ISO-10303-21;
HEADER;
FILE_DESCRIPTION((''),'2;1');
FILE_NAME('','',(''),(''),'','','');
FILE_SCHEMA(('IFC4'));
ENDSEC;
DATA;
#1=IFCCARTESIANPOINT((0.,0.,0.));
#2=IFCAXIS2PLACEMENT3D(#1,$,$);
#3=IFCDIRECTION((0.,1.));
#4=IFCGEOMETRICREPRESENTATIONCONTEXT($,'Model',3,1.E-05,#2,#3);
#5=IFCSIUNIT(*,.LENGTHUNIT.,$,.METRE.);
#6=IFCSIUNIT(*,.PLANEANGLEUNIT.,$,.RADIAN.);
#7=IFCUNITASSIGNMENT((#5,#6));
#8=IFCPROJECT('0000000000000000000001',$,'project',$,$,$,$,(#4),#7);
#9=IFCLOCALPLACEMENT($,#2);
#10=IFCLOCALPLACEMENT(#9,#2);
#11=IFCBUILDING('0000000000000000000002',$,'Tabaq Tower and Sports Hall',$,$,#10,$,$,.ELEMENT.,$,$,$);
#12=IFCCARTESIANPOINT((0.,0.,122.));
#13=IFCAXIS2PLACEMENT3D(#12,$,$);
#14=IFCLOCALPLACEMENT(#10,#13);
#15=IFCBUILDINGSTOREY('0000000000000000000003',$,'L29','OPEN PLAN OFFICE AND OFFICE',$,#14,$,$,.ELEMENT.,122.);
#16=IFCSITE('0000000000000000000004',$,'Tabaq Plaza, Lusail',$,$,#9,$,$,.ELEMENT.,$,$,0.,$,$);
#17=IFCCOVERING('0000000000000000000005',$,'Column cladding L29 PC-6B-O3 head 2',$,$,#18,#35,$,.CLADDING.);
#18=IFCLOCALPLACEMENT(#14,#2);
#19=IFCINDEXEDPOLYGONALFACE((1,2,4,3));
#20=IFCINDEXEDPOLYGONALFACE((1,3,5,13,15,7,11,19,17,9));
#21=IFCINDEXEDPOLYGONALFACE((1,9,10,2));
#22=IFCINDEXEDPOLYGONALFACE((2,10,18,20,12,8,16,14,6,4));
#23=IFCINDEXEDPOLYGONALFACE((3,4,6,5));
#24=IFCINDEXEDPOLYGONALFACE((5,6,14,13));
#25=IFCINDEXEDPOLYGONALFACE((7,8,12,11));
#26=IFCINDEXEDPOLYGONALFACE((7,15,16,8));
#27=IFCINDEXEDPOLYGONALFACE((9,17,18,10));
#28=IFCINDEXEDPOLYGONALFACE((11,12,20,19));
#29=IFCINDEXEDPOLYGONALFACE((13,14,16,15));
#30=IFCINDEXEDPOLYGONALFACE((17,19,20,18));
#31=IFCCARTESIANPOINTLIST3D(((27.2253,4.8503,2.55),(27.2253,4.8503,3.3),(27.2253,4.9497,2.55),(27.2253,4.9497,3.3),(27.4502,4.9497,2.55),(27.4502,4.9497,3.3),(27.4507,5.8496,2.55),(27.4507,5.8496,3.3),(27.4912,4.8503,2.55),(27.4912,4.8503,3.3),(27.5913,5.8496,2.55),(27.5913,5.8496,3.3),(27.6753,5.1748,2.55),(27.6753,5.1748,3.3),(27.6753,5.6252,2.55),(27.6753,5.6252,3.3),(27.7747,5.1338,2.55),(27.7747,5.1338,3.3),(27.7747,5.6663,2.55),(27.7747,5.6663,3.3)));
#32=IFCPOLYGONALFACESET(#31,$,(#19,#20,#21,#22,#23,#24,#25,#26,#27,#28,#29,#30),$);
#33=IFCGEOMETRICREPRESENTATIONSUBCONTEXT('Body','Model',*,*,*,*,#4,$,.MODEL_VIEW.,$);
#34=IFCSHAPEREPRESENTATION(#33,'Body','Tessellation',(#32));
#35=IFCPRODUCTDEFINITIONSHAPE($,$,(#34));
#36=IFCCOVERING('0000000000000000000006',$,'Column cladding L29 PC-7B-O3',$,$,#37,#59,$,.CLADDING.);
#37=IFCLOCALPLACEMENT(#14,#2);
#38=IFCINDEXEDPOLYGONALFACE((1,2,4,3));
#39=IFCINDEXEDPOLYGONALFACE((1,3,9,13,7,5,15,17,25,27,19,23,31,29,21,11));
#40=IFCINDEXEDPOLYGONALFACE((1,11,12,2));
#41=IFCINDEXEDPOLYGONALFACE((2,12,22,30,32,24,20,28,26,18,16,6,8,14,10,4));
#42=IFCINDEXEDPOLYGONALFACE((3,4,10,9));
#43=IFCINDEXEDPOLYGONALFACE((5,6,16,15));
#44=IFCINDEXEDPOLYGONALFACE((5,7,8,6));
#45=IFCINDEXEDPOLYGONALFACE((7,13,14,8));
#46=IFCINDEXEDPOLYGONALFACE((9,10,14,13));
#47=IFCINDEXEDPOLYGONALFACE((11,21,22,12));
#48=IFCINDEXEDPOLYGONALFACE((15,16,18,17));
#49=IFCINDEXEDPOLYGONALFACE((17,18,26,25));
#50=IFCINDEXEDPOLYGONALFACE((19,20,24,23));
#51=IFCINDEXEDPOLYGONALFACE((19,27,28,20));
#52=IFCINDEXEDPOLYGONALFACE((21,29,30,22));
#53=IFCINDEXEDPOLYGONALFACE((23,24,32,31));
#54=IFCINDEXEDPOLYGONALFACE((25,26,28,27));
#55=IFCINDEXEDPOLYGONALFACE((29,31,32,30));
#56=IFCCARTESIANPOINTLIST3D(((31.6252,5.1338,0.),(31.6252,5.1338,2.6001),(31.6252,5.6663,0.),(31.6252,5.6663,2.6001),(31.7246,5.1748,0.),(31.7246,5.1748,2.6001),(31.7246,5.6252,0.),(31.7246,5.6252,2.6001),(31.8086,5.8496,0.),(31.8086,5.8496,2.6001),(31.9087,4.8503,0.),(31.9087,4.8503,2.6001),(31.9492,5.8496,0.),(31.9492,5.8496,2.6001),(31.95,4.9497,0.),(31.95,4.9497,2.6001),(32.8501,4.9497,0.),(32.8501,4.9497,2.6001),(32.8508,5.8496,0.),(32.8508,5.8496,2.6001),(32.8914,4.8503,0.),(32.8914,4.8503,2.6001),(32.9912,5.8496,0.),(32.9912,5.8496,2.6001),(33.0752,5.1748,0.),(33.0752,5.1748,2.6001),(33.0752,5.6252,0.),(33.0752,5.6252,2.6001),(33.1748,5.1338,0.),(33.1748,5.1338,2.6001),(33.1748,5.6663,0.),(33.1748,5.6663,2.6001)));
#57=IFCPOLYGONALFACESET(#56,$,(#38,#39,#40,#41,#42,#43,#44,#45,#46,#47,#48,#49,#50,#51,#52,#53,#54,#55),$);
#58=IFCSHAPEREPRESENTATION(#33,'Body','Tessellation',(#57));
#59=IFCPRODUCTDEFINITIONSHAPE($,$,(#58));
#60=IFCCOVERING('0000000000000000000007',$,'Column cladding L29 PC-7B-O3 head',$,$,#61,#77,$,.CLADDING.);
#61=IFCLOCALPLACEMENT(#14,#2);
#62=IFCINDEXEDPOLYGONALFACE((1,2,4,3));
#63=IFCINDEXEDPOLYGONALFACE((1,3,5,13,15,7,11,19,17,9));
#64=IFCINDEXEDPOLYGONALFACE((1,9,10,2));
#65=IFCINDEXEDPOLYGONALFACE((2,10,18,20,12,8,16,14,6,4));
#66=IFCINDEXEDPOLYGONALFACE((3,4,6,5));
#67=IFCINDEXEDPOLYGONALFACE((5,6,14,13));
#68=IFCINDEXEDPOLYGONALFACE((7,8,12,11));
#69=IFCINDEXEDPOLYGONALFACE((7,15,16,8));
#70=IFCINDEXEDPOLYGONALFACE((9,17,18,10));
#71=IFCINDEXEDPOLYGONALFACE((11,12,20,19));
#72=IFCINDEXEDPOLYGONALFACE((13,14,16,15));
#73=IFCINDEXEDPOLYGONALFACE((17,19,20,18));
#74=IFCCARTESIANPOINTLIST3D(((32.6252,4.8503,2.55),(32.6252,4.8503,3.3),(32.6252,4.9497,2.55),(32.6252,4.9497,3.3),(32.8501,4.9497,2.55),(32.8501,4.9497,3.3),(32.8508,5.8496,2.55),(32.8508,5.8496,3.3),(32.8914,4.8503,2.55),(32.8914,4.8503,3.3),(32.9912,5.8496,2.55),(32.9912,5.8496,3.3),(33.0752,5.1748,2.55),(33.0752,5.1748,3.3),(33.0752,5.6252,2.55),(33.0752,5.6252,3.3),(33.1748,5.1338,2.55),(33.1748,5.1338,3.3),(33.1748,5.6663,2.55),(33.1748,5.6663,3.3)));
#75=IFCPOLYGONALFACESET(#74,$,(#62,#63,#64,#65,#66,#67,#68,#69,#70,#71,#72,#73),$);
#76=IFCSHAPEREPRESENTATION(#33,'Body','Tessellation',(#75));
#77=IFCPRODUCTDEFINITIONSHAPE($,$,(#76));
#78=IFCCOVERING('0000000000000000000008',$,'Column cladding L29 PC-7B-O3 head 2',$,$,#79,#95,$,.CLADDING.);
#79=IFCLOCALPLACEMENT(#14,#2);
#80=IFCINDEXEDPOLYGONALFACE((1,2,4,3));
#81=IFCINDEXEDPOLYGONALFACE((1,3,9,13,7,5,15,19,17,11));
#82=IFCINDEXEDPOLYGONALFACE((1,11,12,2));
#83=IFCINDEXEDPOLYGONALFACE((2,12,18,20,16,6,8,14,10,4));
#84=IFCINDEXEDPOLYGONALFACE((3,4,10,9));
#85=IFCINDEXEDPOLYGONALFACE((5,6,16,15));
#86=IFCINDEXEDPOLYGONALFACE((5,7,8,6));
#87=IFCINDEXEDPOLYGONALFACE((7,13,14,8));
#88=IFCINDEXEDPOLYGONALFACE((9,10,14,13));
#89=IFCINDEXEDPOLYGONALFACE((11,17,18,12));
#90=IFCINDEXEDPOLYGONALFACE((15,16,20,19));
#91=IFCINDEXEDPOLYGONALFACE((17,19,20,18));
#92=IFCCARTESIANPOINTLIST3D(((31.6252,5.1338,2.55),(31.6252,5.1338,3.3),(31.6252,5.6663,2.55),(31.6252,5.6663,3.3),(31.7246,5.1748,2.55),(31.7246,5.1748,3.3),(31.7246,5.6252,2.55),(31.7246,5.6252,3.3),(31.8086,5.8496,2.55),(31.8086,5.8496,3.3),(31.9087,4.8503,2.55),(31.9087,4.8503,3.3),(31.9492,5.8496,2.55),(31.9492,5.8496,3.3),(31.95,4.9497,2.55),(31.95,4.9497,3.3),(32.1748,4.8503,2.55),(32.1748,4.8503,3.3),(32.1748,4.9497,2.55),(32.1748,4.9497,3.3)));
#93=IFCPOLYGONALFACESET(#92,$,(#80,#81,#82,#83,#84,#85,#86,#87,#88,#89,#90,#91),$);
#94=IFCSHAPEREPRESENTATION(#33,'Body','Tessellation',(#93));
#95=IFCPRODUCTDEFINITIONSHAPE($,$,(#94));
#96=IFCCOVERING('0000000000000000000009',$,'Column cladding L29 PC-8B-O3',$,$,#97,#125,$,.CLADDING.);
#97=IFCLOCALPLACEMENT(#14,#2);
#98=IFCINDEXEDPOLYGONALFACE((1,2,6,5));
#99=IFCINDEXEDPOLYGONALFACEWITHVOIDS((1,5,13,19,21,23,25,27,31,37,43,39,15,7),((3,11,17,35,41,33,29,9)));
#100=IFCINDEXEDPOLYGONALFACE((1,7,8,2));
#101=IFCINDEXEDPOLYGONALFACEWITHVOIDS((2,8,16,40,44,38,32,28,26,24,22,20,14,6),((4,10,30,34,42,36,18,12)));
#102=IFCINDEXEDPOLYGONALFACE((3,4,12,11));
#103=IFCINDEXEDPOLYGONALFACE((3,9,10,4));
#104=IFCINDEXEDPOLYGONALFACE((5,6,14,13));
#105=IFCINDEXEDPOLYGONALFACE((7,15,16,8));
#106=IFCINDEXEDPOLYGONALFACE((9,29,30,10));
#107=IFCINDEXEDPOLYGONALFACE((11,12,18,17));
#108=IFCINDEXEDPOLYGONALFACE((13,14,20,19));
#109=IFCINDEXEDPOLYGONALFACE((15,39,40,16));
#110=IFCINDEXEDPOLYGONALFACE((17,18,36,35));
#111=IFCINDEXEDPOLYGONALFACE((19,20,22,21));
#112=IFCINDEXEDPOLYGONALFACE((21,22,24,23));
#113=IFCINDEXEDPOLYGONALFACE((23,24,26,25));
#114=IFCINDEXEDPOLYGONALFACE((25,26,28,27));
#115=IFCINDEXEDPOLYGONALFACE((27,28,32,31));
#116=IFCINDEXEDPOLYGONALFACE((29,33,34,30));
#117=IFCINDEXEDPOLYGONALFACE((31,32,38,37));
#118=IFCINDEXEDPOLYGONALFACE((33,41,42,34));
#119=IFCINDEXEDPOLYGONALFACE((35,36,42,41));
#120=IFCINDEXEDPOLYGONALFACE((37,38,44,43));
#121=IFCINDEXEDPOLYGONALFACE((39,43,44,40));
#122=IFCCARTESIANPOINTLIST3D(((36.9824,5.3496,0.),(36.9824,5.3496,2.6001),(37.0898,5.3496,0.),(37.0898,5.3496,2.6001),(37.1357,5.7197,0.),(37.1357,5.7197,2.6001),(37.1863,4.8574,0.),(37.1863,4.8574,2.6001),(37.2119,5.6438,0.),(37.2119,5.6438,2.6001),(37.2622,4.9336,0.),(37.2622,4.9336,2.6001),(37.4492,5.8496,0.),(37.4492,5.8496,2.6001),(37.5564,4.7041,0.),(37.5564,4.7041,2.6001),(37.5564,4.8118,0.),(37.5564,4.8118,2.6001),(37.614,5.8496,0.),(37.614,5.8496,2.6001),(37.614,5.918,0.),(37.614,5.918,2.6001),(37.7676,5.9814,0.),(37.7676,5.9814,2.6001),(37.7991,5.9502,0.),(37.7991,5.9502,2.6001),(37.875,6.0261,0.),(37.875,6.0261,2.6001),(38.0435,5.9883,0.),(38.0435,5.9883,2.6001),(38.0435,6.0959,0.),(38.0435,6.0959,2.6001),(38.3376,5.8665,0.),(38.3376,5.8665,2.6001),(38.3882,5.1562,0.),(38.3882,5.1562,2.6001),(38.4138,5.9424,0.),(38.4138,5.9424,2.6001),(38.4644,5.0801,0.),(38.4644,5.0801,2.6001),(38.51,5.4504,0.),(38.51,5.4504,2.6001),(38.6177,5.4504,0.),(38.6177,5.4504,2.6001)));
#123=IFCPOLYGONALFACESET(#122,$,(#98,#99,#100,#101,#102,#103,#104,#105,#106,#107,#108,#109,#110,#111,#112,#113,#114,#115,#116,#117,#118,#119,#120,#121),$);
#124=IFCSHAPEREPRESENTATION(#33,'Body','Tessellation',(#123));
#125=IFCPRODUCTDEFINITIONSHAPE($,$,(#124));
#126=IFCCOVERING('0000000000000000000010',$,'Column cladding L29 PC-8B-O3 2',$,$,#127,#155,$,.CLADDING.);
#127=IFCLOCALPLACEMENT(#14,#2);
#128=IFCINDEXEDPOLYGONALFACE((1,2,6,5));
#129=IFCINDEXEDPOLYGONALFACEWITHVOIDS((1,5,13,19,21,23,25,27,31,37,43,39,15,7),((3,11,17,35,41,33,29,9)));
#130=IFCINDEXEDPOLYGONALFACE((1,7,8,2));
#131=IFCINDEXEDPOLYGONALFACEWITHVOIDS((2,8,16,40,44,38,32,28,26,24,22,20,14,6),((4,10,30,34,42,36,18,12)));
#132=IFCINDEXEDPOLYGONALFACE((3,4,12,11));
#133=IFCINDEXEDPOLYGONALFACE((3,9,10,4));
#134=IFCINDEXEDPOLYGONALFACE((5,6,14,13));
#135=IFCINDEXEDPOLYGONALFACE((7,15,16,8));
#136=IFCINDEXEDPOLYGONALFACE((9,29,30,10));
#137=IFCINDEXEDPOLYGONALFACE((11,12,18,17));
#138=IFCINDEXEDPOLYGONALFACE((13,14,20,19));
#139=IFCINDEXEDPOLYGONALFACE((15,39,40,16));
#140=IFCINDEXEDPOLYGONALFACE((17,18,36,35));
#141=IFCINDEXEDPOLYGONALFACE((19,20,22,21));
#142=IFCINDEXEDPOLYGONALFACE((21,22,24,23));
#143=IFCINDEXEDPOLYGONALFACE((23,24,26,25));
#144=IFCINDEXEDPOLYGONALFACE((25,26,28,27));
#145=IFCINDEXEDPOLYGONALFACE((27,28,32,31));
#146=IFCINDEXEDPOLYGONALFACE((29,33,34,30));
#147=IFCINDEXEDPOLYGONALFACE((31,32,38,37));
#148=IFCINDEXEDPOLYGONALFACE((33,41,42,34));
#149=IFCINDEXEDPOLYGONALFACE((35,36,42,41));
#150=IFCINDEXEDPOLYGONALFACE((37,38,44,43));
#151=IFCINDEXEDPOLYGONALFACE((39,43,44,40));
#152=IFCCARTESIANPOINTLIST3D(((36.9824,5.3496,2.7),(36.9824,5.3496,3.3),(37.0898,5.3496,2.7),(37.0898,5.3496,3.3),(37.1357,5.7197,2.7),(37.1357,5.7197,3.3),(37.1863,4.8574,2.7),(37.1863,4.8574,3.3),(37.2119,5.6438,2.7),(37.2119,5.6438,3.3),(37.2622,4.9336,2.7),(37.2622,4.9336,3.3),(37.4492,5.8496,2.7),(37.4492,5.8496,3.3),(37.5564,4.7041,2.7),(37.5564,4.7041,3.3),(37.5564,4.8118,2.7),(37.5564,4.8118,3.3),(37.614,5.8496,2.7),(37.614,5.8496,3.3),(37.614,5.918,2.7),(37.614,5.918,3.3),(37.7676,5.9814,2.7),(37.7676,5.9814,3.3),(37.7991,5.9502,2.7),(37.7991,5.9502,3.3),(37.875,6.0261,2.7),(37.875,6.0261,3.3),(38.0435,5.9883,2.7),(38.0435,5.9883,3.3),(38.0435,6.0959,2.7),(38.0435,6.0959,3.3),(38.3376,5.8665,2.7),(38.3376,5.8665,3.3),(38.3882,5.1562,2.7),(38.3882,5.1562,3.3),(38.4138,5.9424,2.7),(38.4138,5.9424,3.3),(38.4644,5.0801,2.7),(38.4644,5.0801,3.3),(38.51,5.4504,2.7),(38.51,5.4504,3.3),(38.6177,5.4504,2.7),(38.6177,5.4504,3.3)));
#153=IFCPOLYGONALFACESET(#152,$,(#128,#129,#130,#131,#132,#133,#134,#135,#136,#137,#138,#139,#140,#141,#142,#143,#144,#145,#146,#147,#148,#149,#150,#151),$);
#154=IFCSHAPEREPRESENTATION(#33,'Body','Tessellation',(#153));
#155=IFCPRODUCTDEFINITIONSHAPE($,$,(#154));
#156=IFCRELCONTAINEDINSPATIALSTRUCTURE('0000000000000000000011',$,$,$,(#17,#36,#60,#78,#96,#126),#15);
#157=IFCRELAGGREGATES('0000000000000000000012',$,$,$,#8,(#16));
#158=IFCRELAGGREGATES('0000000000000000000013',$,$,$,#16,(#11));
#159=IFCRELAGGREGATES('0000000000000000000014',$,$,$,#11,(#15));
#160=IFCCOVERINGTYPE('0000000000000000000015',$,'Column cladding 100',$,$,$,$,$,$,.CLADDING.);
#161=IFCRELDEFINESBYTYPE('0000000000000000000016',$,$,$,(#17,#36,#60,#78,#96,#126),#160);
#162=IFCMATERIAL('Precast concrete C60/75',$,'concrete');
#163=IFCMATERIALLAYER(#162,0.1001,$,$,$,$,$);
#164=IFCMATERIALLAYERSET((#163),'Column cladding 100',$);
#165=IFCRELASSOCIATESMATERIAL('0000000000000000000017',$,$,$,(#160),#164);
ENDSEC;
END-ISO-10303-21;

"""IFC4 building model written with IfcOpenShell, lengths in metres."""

from ifc_helpers import new_model, si_unit, direction, frame, origin, place, context, subcontext, project, spatial, polyline, outline, extrude, material, layer, layer_set, type_object, element, save


model = new_model("IFC4")

# Units and contexts
model_context = context("Model", 3, precision=1e-05, world=origin(), true_north=direction((0.0, 1.0)))
body_context = subcontext(model_context, "Body", "Model", "MODEL_VIEW")
ifc_project = project(units=[si_unit("LENGTHUNIT", "METRE"), si_unit("PLANEANGLEUNIT", "RADIAN")], contexts=[model_context])

# Site, building, storey
site_placement = place(None, origin())
site = spatial("IfcSite", under=ifc_project, at=site_placement, Name="Tabaq Plaza, Lusail", CompositionType="ELEMENT", RefElevation=0.0)
building_placement = place(site_placement, origin())
building = spatial("IfcBuilding", under=site, at=building_placement, Name="Tabaq Tower and Sports Hall", CompositionType="ELEMENT")
storey_placement = place(building_placement, frame((0.0, 0.0, 122.0)))
storey = spatial("IfcBuildingStorey", under=building, at=storey_placement, Name="L29", Description="OPEN PLAN OFFICE AND OFFICE", CompositionType="ELEMENT", Elevation=122.0)

# Coverings
ifc_material_1 = material(Name="Precast concrete C60/75", Category="concrete")
ifc_layer_1 = layer(ifc_material_1, 0.1001)
ifc_layer_set_1 = layer_set([ifc_layer_1], Name="Column cladding 100")
covering_type = type_object("IfcCoveringType", Name="Column cladding 100", PredefinedType="CLADDING", material=ifc_layer_set_1)
covering_1_placement = place(storey_placement, frame((0.0, 0.0, 2.55)))
element("IfcCovering", 1, at=covering_1_placement, inside=storey, type_object=covering_type, Name="Column cladding L29 PC-6B-O3 head 2", PredefinedType="CLADDING", context=body_context, shape_type="SweptSolid", body=[
    extrude(outline(polyline([(27.4502, 4.9497), (27.6753, 5.1748), (27.6753, 5.6252), (27.4507, 5.8496), (27.5913, 5.8496), (27.7747, 5.6663), (27.7747, 5.1338), (27.4912, 4.8503), (27.2253, 4.8503), (27.2253, 4.9497), (27.4502, 4.9497)])), origin(), (0.0, 0.0, 1.0), 0.75),
])
covering_2_placement = place(storey_placement, origin())
element("IfcCovering", 2, at=covering_2_placement, inside=storey, type_object=covering_type, Name="Column cladding L29 PC-7B-O3", PredefinedType="CLADDING", context=body_context, shape_type="SweptSolid", body=[
    extrude(outline(polyline([(31.6252, 5.6663), (31.8086, 5.8496), (31.9492, 5.8496), (31.7246, 5.6252), (31.7246, 5.1748), (31.95, 4.9497), (32.8501, 4.9497), (33.0752, 5.1748), (33.0752, 5.6252), (32.8508, 5.8496), (32.9912, 5.8496), (33.1748, 5.6663), (33.1748, 5.1338), (32.8914, 4.8503), (31.9087, 4.8503), (31.6252, 5.1338), (31.6252, 5.6663)])), origin(), (0.0, 0.0, 1.0), 2.6001),
])
covering_3_placement = place(storey_placement, frame((0.0, 0.0, 2.55)))
element("IfcCovering", 3, at=covering_3_placement, inside=storey, type_object=covering_type, Name="Column cladding L29 PC-7B-O3 head", PredefinedType="CLADDING", context=body_context, shape_type="SweptSolid", body=[
    extrude(outline(polyline([(32.8501, 4.9497), (33.0752, 5.1748), (33.0752, 5.6252), (32.8508, 5.8496), (32.9912, 5.8496), (33.1748, 5.6663), (33.1748, 5.1338), (32.8914, 4.8503), (32.6252, 4.8503), (32.6252, 4.9497), (32.8501, 4.9497)])), origin(), (0.0, 0.0, 1.0), 0.75),
])
covering_4_placement = place(storey_placement, frame((0.0, 0.0, 2.55)))
element("IfcCovering", 4, at=covering_4_placement, inside=storey, type_object=covering_type, Name="Column cladding L29 PC-7B-O3 head 2", PredefinedType="CLADDING", context=body_context, shape_type="SweptSolid", body=[
    extrude(outline(polyline([(31.8086, 5.8496), (31.9492, 5.8496), (31.7246, 5.6252), (31.7246, 5.1748), (31.95, 4.9497), (32.1748, 4.9497), (32.1748, 4.8503), (31.9087, 4.8503), (31.6252, 5.1338), (31.6252, 5.6663), (31.8086, 5.8496)])), origin(), (0.0, 0.0, 1.0), 0.75),
])
covering_5_placement = place(storey_placement, origin())
element("IfcCovering", 5, at=covering_5_placement, inside=storey, type_object=covering_type, Name="Column cladding L29 PC-8B-O3", PredefinedType="CLADDING", context=body_context, shape_type="SweptSolid", body=[
    extrude(outline(polyline([(36.9824, 5.3496), (37.1357, 5.7197), (37.4492, 5.8496), (37.614, 5.8496), (37.614, 5.918), (37.7676, 5.9814), (37.7991, 5.9502), (37.875, 6.0261), (38.0435, 6.0959), (38.4138, 5.9424), (38.6177, 5.4504), (38.4644, 5.0801), (37.5564, 4.7041), (37.1863, 4.8574), (36.9824, 5.3496)]), holes=[polyline([(38.51, 5.4504), (38.3376, 5.8665), (38.0435, 5.9883), (37.2119, 5.6438), (37.0898, 5.3496), (37.2622, 4.9336), (37.5564, 4.8118), (38.3882, 5.1562), (38.51, 5.4504)])]), origin(), (0.0, 0.0, 1.0), 2.6001),
])
covering_6_placement = place(storey_placement, frame((0.0, 0.0, 2.7)))
element("IfcCovering", 6, at=covering_6_placement, inside=storey, type_object=covering_type, Name="Column cladding L29 PC-8B-O3 2", PredefinedType="CLADDING", context=body_context, shape_type="SweptSolid", body=[
    extrude(outline(polyline([(36.9824, 5.3496), (37.1357, 5.7197), (37.4492, 5.8496), (37.614, 5.8496), (37.614, 5.918), (37.7676, 5.9814), (37.7991, 5.9502), (37.875, 6.0261), (38.0435, 6.0959), (38.4138, 5.9424), (38.6177, 5.4504), (38.4644, 5.0801), (37.5564, 4.7041), (37.1863, 4.8574), (36.9824, 5.3496)]), holes=[polyline([(38.51, 5.4504), (38.3376, 5.8665), (38.0435, 5.9883), (37.2119, 5.6438), (37.0898, 5.3496), (37.2622, 4.9336), (37.5564, 4.8118), (38.3882, 5.1562), (38.51, 5.4504)])]), origin(), (0.0, 0.0, 1.0), 0.6001),
])

save(model, "model.ifc")
